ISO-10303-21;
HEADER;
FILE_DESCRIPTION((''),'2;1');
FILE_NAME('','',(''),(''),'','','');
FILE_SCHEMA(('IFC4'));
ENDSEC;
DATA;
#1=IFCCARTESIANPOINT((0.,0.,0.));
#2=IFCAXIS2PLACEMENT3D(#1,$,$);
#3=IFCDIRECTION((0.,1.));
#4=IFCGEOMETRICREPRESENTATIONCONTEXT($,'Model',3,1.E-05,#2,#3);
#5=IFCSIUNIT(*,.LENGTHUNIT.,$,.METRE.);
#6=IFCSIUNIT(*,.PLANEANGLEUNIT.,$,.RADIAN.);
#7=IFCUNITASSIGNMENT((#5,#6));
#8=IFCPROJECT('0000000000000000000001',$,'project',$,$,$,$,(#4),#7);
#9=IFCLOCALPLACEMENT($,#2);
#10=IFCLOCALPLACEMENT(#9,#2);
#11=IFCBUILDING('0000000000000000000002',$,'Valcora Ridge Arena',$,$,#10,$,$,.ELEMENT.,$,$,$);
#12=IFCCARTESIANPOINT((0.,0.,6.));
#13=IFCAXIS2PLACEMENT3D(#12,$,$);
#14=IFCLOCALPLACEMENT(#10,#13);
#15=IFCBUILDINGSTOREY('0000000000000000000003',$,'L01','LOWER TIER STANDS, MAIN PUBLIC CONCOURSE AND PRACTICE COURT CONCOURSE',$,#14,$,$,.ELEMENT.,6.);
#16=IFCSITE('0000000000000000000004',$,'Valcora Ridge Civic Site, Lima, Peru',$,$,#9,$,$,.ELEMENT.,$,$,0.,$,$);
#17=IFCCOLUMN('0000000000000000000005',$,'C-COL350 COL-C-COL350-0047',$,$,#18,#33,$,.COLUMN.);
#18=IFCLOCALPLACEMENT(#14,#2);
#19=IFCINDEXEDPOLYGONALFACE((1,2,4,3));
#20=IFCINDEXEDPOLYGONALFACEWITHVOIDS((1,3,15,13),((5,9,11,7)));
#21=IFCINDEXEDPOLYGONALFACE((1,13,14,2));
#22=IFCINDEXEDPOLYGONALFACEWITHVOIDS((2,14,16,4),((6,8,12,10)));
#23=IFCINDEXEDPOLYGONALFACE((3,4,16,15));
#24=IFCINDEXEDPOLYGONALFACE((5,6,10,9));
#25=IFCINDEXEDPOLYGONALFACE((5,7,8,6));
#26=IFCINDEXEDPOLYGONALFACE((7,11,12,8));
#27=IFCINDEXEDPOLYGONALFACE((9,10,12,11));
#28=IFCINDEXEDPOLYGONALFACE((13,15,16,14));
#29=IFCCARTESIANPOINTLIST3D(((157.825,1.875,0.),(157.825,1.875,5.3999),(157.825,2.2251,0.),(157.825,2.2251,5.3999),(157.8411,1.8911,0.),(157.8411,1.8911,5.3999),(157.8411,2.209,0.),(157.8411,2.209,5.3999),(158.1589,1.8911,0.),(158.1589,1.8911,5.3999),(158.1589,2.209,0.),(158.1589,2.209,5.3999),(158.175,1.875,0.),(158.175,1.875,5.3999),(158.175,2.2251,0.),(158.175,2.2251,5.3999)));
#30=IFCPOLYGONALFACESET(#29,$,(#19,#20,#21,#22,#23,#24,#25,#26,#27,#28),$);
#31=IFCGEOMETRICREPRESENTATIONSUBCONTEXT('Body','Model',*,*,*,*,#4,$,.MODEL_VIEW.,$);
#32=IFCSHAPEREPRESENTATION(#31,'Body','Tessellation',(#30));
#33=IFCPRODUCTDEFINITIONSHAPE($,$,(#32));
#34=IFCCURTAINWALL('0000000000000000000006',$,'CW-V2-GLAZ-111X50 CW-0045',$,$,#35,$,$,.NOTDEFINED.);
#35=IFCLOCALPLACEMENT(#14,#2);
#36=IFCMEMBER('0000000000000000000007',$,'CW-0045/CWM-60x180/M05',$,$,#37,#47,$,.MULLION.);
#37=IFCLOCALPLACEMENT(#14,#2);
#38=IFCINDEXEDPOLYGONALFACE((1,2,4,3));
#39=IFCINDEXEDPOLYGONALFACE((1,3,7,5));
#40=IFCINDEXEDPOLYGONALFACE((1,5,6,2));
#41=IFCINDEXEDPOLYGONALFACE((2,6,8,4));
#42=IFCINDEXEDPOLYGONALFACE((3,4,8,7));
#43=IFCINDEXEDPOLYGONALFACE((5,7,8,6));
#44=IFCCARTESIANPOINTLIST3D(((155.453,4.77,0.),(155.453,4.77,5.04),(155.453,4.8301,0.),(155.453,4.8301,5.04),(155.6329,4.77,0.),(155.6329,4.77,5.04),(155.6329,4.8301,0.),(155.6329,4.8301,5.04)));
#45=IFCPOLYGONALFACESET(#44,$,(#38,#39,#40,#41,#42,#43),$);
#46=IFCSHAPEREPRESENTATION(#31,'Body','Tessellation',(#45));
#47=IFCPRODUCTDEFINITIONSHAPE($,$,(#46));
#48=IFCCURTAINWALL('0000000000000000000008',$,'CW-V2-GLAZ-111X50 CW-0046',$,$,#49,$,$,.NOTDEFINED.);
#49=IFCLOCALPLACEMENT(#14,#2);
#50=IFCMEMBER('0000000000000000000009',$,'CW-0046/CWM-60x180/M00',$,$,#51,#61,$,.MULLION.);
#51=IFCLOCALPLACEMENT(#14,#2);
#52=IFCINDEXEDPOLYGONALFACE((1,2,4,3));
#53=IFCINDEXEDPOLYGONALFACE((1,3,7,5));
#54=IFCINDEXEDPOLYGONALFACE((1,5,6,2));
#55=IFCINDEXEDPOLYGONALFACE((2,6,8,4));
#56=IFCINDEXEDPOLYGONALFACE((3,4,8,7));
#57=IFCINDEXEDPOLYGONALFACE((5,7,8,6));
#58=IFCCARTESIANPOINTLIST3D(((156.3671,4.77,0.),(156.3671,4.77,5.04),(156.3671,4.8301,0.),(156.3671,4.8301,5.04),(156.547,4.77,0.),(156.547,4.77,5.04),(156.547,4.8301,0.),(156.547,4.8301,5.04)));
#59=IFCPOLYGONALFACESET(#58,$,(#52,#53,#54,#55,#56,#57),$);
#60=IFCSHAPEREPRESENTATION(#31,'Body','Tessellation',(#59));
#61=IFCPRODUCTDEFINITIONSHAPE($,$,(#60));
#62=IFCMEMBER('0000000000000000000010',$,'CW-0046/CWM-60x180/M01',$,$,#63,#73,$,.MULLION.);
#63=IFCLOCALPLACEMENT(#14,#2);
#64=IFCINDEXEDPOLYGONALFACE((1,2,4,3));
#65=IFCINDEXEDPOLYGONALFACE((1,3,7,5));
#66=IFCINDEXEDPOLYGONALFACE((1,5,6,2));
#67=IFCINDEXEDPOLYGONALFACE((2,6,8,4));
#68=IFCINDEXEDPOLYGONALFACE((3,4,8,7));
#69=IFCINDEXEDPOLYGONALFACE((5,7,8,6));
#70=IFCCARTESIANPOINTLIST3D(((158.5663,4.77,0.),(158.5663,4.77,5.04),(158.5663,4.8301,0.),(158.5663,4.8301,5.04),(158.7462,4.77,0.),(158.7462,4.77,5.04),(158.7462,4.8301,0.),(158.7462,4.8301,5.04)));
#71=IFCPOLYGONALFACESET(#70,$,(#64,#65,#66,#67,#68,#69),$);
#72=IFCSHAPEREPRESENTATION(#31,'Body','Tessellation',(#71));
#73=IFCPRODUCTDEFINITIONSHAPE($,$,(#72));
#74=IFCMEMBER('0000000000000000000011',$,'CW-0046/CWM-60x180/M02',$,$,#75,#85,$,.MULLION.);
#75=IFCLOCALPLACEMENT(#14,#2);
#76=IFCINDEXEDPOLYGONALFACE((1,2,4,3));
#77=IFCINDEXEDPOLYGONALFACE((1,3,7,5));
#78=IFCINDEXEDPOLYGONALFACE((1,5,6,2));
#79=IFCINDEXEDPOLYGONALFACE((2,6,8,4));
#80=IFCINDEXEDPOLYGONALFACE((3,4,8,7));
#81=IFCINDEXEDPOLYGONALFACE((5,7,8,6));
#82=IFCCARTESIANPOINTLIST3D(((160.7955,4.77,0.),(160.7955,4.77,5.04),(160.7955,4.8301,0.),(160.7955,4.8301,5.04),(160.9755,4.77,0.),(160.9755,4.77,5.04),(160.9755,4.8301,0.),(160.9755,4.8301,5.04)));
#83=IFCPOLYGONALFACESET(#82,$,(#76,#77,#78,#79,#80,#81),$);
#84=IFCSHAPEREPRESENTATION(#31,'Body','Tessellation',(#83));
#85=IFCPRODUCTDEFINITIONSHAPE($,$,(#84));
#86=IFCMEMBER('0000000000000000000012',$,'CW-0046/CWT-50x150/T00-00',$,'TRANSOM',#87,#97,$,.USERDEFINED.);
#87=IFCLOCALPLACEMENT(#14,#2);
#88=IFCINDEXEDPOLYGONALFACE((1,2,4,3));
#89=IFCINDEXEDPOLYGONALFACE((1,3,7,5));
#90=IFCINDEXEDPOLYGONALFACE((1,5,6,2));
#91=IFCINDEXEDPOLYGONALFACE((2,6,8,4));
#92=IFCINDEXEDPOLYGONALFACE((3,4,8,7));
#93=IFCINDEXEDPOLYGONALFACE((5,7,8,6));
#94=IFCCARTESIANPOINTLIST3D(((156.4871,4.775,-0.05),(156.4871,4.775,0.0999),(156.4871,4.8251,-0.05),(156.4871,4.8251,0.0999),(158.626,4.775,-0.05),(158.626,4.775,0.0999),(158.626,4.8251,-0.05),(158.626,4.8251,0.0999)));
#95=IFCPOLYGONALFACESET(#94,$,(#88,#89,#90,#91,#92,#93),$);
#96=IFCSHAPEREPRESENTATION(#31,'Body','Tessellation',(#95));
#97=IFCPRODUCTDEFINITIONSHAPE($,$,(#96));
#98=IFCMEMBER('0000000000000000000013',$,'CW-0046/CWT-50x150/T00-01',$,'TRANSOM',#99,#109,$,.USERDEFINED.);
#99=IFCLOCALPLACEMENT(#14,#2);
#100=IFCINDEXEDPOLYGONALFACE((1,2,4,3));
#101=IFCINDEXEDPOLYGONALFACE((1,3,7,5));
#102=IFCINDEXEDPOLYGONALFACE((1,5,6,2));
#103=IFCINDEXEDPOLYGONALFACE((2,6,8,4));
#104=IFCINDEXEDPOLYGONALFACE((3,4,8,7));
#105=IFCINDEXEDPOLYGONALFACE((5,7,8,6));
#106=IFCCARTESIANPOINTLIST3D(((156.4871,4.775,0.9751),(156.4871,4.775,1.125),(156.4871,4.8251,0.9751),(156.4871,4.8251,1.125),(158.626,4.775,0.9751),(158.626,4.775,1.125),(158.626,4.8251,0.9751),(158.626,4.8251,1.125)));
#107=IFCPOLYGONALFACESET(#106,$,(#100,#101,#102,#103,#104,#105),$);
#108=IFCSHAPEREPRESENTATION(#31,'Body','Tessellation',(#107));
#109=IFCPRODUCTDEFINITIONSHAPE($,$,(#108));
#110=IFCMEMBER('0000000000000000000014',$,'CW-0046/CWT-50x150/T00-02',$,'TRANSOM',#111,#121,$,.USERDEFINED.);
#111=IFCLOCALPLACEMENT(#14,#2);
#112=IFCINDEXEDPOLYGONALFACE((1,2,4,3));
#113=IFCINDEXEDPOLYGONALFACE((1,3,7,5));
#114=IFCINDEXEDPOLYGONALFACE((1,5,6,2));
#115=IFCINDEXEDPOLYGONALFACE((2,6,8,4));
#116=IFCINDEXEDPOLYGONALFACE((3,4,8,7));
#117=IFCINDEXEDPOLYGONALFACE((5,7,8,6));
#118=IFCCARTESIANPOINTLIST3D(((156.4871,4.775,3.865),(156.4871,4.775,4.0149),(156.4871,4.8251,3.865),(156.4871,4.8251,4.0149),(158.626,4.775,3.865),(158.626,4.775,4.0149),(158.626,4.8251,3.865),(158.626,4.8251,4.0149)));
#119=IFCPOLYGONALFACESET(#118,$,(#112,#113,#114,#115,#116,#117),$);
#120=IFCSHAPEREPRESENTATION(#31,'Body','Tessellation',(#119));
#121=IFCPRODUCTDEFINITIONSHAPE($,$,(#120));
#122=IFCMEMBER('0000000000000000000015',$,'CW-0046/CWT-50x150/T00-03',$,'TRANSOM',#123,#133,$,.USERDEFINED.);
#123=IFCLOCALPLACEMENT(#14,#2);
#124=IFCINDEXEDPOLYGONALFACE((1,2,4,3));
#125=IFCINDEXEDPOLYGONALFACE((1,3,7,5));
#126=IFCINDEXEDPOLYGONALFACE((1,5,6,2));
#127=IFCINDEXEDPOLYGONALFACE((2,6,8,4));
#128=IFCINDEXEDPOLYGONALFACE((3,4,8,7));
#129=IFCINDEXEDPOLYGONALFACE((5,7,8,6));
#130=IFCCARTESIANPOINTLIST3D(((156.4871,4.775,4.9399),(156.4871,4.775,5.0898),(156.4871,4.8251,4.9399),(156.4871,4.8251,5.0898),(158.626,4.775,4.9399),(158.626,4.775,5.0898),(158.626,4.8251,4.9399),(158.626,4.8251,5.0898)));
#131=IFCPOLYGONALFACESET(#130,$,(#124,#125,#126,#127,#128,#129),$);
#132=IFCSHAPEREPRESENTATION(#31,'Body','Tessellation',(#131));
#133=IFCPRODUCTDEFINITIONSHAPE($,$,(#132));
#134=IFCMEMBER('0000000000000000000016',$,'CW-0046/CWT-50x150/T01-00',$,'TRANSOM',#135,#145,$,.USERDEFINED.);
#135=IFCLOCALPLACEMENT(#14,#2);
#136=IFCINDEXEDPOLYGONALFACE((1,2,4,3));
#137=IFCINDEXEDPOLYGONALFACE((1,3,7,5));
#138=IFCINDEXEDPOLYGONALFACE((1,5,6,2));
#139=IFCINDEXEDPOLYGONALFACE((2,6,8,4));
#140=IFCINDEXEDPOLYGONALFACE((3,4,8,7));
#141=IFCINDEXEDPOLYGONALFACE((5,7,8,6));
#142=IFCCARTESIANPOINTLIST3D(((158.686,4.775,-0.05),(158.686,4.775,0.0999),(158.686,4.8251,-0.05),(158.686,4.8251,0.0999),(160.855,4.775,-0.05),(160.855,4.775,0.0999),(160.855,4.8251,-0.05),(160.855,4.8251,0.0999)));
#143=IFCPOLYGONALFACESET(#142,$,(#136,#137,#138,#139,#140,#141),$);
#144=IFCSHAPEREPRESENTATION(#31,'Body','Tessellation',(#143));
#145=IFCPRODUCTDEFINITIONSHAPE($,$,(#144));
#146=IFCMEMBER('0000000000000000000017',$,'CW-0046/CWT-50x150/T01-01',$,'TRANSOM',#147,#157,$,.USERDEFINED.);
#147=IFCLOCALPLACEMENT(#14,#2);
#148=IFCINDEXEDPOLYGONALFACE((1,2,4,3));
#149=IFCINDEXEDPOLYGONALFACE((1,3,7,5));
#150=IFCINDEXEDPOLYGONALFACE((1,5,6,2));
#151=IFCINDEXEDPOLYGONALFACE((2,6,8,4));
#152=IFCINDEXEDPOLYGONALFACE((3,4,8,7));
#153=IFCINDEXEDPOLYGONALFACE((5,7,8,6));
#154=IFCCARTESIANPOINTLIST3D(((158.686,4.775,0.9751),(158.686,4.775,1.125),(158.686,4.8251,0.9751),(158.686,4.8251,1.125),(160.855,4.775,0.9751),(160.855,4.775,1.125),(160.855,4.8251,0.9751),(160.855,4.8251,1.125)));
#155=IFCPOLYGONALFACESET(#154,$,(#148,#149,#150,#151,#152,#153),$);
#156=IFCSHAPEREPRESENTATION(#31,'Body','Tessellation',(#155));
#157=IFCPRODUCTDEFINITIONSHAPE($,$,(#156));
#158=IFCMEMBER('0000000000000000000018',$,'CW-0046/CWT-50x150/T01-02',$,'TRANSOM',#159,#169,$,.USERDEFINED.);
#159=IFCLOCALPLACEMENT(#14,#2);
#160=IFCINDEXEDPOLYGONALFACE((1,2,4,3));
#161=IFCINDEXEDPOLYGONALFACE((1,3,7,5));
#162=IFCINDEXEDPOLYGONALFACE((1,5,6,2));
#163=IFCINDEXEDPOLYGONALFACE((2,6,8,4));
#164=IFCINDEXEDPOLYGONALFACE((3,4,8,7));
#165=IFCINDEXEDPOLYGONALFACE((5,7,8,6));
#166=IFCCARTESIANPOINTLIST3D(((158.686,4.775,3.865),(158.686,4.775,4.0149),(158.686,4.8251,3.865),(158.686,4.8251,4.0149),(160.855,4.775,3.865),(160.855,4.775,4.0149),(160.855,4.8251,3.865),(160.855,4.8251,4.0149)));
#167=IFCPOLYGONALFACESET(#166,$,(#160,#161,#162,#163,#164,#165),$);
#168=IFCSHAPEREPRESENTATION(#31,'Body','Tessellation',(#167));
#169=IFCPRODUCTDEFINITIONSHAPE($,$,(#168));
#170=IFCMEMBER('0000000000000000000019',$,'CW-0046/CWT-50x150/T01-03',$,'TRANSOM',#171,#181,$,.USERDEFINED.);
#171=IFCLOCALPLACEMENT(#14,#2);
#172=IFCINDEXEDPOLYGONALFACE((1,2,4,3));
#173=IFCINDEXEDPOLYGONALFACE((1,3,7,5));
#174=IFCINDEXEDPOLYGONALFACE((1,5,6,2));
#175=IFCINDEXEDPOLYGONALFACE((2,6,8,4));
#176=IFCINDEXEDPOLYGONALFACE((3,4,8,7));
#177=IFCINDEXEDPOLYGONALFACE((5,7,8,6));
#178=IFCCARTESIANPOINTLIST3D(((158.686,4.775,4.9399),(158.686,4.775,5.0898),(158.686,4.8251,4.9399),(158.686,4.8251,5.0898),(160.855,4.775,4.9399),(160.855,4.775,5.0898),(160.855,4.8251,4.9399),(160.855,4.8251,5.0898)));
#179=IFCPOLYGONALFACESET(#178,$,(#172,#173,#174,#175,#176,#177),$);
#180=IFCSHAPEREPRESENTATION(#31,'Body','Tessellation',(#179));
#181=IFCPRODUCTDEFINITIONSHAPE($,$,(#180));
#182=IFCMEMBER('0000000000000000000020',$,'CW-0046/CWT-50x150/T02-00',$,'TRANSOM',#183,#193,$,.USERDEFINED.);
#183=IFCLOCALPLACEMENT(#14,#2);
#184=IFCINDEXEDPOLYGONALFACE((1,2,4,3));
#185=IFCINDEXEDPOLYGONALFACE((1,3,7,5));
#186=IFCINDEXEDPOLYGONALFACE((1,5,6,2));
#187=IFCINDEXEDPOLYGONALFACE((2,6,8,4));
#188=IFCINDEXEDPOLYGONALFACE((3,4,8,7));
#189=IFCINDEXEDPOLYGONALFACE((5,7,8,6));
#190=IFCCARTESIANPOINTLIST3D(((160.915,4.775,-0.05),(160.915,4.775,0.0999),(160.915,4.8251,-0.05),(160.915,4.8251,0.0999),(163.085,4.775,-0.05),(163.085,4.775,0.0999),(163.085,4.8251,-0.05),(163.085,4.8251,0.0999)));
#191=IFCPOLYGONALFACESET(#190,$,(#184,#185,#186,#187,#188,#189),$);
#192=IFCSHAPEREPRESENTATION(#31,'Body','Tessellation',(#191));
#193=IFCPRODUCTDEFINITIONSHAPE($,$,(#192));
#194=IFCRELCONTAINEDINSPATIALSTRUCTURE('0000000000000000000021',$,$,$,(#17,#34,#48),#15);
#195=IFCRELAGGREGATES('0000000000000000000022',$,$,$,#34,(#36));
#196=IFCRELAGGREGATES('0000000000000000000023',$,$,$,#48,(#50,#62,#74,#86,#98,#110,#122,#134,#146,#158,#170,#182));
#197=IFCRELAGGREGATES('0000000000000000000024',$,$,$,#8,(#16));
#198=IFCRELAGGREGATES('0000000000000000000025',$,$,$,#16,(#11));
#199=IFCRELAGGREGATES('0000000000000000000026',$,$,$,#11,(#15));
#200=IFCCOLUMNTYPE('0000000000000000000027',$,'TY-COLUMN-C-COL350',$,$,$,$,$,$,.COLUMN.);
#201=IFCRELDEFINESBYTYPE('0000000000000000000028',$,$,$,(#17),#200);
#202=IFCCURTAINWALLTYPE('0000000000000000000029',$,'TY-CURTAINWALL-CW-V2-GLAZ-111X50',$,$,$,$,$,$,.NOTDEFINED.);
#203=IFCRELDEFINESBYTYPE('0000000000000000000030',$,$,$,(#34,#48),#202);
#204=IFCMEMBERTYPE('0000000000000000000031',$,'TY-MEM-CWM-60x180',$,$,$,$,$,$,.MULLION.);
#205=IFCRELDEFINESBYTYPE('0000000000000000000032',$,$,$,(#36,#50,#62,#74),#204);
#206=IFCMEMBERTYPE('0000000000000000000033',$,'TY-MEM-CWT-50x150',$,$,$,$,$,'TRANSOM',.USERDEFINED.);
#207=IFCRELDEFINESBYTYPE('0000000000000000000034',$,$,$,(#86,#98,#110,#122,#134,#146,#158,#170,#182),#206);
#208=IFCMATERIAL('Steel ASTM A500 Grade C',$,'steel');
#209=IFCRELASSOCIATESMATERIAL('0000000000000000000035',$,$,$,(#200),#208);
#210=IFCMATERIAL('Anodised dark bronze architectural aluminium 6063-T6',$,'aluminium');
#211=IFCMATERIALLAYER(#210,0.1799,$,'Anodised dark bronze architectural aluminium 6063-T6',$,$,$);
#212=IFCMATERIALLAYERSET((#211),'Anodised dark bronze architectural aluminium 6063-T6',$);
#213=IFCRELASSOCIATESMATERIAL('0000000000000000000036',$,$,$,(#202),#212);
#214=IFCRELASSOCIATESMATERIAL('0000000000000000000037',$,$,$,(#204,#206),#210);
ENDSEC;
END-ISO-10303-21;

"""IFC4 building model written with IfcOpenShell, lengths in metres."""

from ifc_helpers import new_model, si_unit, direction, frame, origin, origin_2d, place, context, subcontext, project, spatial, rectangle, hollow_rectangle, extrude, material, layer, layer_set, material_profile, profile_set, type_object, element, aggregate, save


model = new_model("IFC4")

# Units and contexts
model_context = context("Model", 3, precision=1e-05, world=origin(), true_north=direction((0.0, 1.0)))
body_context = subcontext(model_context, "Body", "Model", "MODEL_VIEW")
ifc_project = project(units=[si_unit("LENGTHUNIT", "METRE"), si_unit("PLANEANGLEUNIT", "RADIAN")], contexts=[model_context])

# Site, building, storey
site_placement = place(None, origin())
site = spatial("IfcSite", under=ifc_project, at=site_placement, Name="Valcora Ridge Civic Site, Lima, Peru", CompositionType="ELEMENT", RefElevation=0.0)
building_placement = place(site_placement, origin())
building = spatial("IfcBuilding", under=site, at=building_placement, Name="Valcora Ridge Arena", CompositionType="ELEMENT")
storey_placement = place(building_placement, frame((0.0, 0.0, 6.0)))
storey = spatial("IfcBuildingStorey", under=building, at=storey_placement, Name="L01", Description="LOWER TIER STANDS, MAIN PUBLIC CONCOURSE AND PRACTICE COURT CONCOURSE", CompositionType="ELEMENT", Elevation=6.0)

# Column
ifc_material_1 = material(Name="Steel ASTM A500 Grade C", Category="steel")
ifc_material_profile_1 = material_profile(ifc_material_1, hollow_rectangle(XDim=0.3501, YDim=0.3501, WallThickness=0.0161, at=origin_2d()), Name="HSS350X350X16")
ifc_profile_set_1 = profile_set([ifc_material_profile_1], Name="Steel ASTM A500 Grade C")
column_type = type_object("IfcColumnType", Name="TY-COLUMN-C-COL350", PredefinedType="COLUMN", material=ifc_profile_set_1)
column_placement = place(storey_placement, frame((158.0, 2.05, 0.0), z_axis=(0.0, 0.0, 1.0), x_axis=(1.0, 0.0, 0.0)))
element("IfcColumn", 1, at=column_placement, inside=storey, type_object=column_type, Name="C-COL350 COL-C-COL350-0047", PredefinedType="COLUMN", context=body_context, shape_type="SweptSolid", body=[
    extrude(hollow_rectangle(XDim=0.3501, YDim=0.3501, WallThickness=0.0161, at=origin_2d()), origin(), (0.0, 0.0, 1.0), 5.3999),
])

# Curtain wall, member
ifc_material_2 = material(Name="Anodised dark bronze architectural aluminium 6063-T6", Category="aluminium")
ifc_layer_1 = layer(ifc_material_2, 0.1799, Name="Anodised dark bronze architectural aluminium 6063-T6")
ifc_layer_set_1 = layer_set([ifc_layer_1], Name="Anodised dark bronze architectural aluminium 6063-T6")
curtain_wall_type = type_object("IfcCurtainWallType", Name="TY-CURTAINWALL-CW-V2-GLAZ-111X50", PredefinedType="NOTDEFINED", material=ifc_layer_set_1)
curtain_wall_1_placement = place(storey_placement, origin())
curtain_wall_1 = element("IfcCurtainWall", 2, at=curtain_wall_1_placement, inside=storey, type_object=curtain_wall_type, Name="CW-V2-GLAZ-111X50 CW-0045", PredefinedType="NOTDEFINED")
ifc_material_profile_2 = material_profile(ifc_material_2, rectangle(XDim=0.0601, YDim=0.1799, at=origin_2d()), Name="ALU MULLION 60x180")
ifc_profile_set_2 = profile_set([ifc_material_profile_2], Name="Anodised dark bronze architectural aluminium 6063-T6")
member_type_1 = type_object("IfcMemberType", Name="TY-MEM-CWM-60x180", PredefinedType="MULLION", material=ifc_profile_set_2)
member_1_placement = place(storey_placement, frame((155.543, 4.8, 0.0), z_axis=(0.0, 0.0, 1.0), x_axis=(0.0, 1.0, 0.0)))
member_1 = element("IfcMember", 3, at=member_1_placement, type_object=member_type_1, Name="CW-0045/CWM-60x180/M05", PredefinedType="MULLION", context=body_context, shape_type="SweptSolid", body=[
    extrude(rectangle(XDim=0.0601, YDim=0.1799, at=origin_2d()), origin(), (0.0, 0.0, 1.0), 5.04),
])
aggregate(curtain_wall_1, [member_1])

# Curtain wall, members
curtain_wall_2_placement = place(storey_placement, origin())
curtain_wall_2 = element("IfcCurtainWall", 4, at=curtain_wall_2_placement, inside=storey, type_object=curtain_wall_type, Name="CW-V2-GLAZ-111X50 CW-0046", PredefinedType="NOTDEFINED")
member_2_placement = place(storey_placement, frame((156.457, 4.8, 0.0), z_axis=(0.0, 0.0, 1.0), x_axis=(0.0, 1.0, 0.0)))
member_2 = element("IfcMember", 5, at=member_2_placement, type_object=member_type_1, Name="CW-0046/CWM-60x180/M00", PredefinedType="MULLION", context=body_context, shape_type="SweptSolid", body=[
    extrude(rectangle(XDim=0.0601, YDim=0.1799, at=origin_2d()), origin(), (0.0, 0.0, 1.0), 5.04),
])
member_3_placement = place(storey_placement, frame((158.6562, 4.8, 0.0), z_axis=(0.0, 0.0, 1.0), x_axis=(0.0, 1.0, 0.0)))
member_3 = element("IfcMember", 6, at=member_3_placement, type_object=member_type_1, Name="CW-0046/CWM-60x180/M01", PredefinedType="MULLION", context=body_context, shape_type="SweptSolid", body=[
    extrude(rectangle(XDim=0.0601, YDim=0.1799, at=origin_2d()), origin(), (0.0, 0.0, 1.0), 5.04),
])
member_4_placement = place(storey_placement, frame((160.8855, 4.8, 0.0), z_axis=(0.0, 0.0, 1.0), x_axis=(0.0, 1.0, 0.0)))
member_4 = element("IfcMember", 7, at=member_4_placement, type_object=member_type_1, Name="CW-0046/CWM-60x180/M02", PredefinedType="MULLION", context=body_context, shape_type="SweptSolid", body=[
    extrude(rectangle(XDim=0.0601, YDim=0.1799, at=origin_2d()), origin(), (0.0, 0.0, 1.0), 5.04),
])
ifc_material_profile_3 = material_profile(ifc_material_2, rectangle(XDim=0.05, YDim=0.1499, at=origin_2d()), Name="ALU TRANSOM 50x150")
ifc_profile_set_3 = profile_set([ifc_material_profile_3], Name="Anodised dark bronze architectural aluminium 6063-T6")
member_type_2 = type_object("IfcMemberType", Name="TY-MEM-CWT-50x150", ElementType="TRANSOM", PredefinedType="USERDEFINED", material=ifc_profile_set_3)
member_5_placement = place(storey_placement, frame((156.4871, 4.8, 0.0249), z_axis=(1.0, 0.0, 0.0), x_axis=(0.0, 1.0, 0.0)))
member_5 = element("IfcMember", 8, at=member_5_placement, type_object=member_type_2, Name="CW-0046/CWT-50x150/T00-00", ObjectType="TRANSOM", PredefinedType="USERDEFINED", context=body_context, shape_type="SweptSolid", body=[
    extrude(rectangle(XDim=0.05, YDim=0.1499, at=origin_2d()), origin(), (0.0, 0.0, 1.0), 2.1389),
])
member_6_placement = place(storey_placement, frame((156.4871, 4.8, 1.05), z_axis=(1.0, 0.0, 0.0), x_axis=(0.0, 1.0, 0.0)))
member_6 = element("IfcMember", 9, at=member_6_placement, type_object=member_type_2, Name="CW-0046/CWT-50x150/T00-01", ObjectType="TRANSOM", PredefinedType="USERDEFINED", context=body_context, shape_type="SweptSolid", body=[
    extrude(rectangle(XDim=0.05, YDim=0.1499, at=origin_2d()), origin(), (0.0, 0.0, 1.0), 2.1389),
])
member_7_placement = place(storey_placement, frame((156.4871, 4.8, 3.9399), z_axis=(1.0, 0.0, 0.0), x_axis=(0.0, 1.0, 0.0)))
member_7 = element("IfcMember", 10, at=member_7_placement, type_object=member_type_2, Name="CW-0046/CWT-50x150/T00-02", ObjectType="TRANSOM", PredefinedType="USERDEFINED", context=body_context, shape_type="SweptSolid", body=[
    extrude(rectangle(XDim=0.05, YDim=0.1499, at=origin_2d()), origin(), (0.0, 0.0, 1.0), 2.1389),
])
member_8_placement = place(storey_placement, frame((156.4871, 4.8, 5.0149), z_axis=(1.0, 0.0, 0.0), x_axis=(0.0, 1.0, 0.0)))
member_8 = element("IfcMember", 11, at=member_8_placement, type_object=member_type_2, Name="CW-0046/CWT-50x150/T00-03", ObjectType="TRANSOM", PredefinedType="USERDEFINED", context=body_context, shape_type="SweptSolid", body=[
    extrude(rectangle(XDim=0.05, YDim=0.1499, at=origin_2d()), origin(), (0.0, 0.0, 1.0), 2.1389),
])
member_9_placement = place(storey_placement, frame((158.686, 4.8, 0.0249), z_axis=(1.0, 0.0, 0.0), x_axis=(0.0, 1.0, 0.0)))
member_9 = element("IfcMember", 12, at=member_9_placement, type_object=member_type_2, Name="CW-0046/CWT-50x150/T01-00", ObjectType="TRANSOM", PredefinedType="USERDEFINED", context=body_context, shape_type="SweptSolid", body=[
    extrude(rectangle(XDim=0.05, YDim=0.1499, at=origin_2d()), origin(), (0.0, 0.0, 1.0), 2.1689),
])
member_10_placement = place(storey_placement, frame((158.686, 4.8, 1.05), z_axis=(1.0, 0.0, 0.0), x_axis=(0.0, 1.0, 0.0)))
member_10 = element("IfcMember", 13, at=member_10_placement, type_object=member_type_2, Name="CW-0046/CWT-50x150/T01-01", ObjectType="TRANSOM", PredefinedType="USERDEFINED", context=body_context, shape_type="SweptSolid", body=[
    extrude(rectangle(XDim=0.05, YDim=0.1499, at=origin_2d()), origin(), (0.0, 0.0, 1.0), 2.1689),
])
member_11_placement = place(storey_placement, frame((158.686, 4.8, 3.9399), z_axis=(1.0, 0.0, 0.0), x_axis=(0.0, 1.0, 0.0)))
member_11 = element("IfcMember", 14, at=member_11_placement, type_object=member_type_2, Name="CW-0046/CWT-50x150/T01-02", ObjectType="TRANSOM", PredefinedType="USERDEFINED", context=body_context, shape_type="SweptSolid", body=[
    extrude(rectangle(XDim=0.05, YDim=0.1499, at=origin_2d()), origin(), (0.0, 0.0, 1.0), 2.1689),
])
member_12_placement = place(storey_placement, frame((158.686, 4.8, 5.0149), z_axis=(1.0, 0.0, 0.0), x_axis=(0.0, 1.0, 0.0)))
member_12 = element("IfcMember", 15, at=member_12_placement, type_object=member_type_2, Name="CW-0046/CWT-50x150/T01-03", ObjectType="TRANSOM", PredefinedType="USERDEFINED", context=body_context, shape_type="SweptSolid", body=[
    extrude(rectangle(XDim=0.05, YDim=0.1499, at=origin_2d()), origin(), (0.0, 0.0, 1.0), 2.1689),
])
member_13_placement = place(storey_placement, frame((160.915, 4.8, 0.0249), z_axis=(1.0, 0.0, 0.0), x_axis=(0.0, 1.0, 0.0)))
member_13 = element("IfcMember", 16, at=member_13_placement, type_object=member_type_2, Name="CW-0046/CWT-50x150/T02-00", ObjectType="TRANSOM", PredefinedType="USERDEFINED", context=body_context, shape_type="SweptSolid", body=[
    extrude(rectangle(XDim=0.05, YDim=0.1499, at=origin_2d()), origin(), (0.0, 0.0, 1.0), 2.1699),
])
aggregate(curtain_wall_2, [member_2, member_3, member_4, member_5, member_6, member_7, member_8, member_9, member_10, member_11, member_12, member_13])

save(model, "model.ifc")
